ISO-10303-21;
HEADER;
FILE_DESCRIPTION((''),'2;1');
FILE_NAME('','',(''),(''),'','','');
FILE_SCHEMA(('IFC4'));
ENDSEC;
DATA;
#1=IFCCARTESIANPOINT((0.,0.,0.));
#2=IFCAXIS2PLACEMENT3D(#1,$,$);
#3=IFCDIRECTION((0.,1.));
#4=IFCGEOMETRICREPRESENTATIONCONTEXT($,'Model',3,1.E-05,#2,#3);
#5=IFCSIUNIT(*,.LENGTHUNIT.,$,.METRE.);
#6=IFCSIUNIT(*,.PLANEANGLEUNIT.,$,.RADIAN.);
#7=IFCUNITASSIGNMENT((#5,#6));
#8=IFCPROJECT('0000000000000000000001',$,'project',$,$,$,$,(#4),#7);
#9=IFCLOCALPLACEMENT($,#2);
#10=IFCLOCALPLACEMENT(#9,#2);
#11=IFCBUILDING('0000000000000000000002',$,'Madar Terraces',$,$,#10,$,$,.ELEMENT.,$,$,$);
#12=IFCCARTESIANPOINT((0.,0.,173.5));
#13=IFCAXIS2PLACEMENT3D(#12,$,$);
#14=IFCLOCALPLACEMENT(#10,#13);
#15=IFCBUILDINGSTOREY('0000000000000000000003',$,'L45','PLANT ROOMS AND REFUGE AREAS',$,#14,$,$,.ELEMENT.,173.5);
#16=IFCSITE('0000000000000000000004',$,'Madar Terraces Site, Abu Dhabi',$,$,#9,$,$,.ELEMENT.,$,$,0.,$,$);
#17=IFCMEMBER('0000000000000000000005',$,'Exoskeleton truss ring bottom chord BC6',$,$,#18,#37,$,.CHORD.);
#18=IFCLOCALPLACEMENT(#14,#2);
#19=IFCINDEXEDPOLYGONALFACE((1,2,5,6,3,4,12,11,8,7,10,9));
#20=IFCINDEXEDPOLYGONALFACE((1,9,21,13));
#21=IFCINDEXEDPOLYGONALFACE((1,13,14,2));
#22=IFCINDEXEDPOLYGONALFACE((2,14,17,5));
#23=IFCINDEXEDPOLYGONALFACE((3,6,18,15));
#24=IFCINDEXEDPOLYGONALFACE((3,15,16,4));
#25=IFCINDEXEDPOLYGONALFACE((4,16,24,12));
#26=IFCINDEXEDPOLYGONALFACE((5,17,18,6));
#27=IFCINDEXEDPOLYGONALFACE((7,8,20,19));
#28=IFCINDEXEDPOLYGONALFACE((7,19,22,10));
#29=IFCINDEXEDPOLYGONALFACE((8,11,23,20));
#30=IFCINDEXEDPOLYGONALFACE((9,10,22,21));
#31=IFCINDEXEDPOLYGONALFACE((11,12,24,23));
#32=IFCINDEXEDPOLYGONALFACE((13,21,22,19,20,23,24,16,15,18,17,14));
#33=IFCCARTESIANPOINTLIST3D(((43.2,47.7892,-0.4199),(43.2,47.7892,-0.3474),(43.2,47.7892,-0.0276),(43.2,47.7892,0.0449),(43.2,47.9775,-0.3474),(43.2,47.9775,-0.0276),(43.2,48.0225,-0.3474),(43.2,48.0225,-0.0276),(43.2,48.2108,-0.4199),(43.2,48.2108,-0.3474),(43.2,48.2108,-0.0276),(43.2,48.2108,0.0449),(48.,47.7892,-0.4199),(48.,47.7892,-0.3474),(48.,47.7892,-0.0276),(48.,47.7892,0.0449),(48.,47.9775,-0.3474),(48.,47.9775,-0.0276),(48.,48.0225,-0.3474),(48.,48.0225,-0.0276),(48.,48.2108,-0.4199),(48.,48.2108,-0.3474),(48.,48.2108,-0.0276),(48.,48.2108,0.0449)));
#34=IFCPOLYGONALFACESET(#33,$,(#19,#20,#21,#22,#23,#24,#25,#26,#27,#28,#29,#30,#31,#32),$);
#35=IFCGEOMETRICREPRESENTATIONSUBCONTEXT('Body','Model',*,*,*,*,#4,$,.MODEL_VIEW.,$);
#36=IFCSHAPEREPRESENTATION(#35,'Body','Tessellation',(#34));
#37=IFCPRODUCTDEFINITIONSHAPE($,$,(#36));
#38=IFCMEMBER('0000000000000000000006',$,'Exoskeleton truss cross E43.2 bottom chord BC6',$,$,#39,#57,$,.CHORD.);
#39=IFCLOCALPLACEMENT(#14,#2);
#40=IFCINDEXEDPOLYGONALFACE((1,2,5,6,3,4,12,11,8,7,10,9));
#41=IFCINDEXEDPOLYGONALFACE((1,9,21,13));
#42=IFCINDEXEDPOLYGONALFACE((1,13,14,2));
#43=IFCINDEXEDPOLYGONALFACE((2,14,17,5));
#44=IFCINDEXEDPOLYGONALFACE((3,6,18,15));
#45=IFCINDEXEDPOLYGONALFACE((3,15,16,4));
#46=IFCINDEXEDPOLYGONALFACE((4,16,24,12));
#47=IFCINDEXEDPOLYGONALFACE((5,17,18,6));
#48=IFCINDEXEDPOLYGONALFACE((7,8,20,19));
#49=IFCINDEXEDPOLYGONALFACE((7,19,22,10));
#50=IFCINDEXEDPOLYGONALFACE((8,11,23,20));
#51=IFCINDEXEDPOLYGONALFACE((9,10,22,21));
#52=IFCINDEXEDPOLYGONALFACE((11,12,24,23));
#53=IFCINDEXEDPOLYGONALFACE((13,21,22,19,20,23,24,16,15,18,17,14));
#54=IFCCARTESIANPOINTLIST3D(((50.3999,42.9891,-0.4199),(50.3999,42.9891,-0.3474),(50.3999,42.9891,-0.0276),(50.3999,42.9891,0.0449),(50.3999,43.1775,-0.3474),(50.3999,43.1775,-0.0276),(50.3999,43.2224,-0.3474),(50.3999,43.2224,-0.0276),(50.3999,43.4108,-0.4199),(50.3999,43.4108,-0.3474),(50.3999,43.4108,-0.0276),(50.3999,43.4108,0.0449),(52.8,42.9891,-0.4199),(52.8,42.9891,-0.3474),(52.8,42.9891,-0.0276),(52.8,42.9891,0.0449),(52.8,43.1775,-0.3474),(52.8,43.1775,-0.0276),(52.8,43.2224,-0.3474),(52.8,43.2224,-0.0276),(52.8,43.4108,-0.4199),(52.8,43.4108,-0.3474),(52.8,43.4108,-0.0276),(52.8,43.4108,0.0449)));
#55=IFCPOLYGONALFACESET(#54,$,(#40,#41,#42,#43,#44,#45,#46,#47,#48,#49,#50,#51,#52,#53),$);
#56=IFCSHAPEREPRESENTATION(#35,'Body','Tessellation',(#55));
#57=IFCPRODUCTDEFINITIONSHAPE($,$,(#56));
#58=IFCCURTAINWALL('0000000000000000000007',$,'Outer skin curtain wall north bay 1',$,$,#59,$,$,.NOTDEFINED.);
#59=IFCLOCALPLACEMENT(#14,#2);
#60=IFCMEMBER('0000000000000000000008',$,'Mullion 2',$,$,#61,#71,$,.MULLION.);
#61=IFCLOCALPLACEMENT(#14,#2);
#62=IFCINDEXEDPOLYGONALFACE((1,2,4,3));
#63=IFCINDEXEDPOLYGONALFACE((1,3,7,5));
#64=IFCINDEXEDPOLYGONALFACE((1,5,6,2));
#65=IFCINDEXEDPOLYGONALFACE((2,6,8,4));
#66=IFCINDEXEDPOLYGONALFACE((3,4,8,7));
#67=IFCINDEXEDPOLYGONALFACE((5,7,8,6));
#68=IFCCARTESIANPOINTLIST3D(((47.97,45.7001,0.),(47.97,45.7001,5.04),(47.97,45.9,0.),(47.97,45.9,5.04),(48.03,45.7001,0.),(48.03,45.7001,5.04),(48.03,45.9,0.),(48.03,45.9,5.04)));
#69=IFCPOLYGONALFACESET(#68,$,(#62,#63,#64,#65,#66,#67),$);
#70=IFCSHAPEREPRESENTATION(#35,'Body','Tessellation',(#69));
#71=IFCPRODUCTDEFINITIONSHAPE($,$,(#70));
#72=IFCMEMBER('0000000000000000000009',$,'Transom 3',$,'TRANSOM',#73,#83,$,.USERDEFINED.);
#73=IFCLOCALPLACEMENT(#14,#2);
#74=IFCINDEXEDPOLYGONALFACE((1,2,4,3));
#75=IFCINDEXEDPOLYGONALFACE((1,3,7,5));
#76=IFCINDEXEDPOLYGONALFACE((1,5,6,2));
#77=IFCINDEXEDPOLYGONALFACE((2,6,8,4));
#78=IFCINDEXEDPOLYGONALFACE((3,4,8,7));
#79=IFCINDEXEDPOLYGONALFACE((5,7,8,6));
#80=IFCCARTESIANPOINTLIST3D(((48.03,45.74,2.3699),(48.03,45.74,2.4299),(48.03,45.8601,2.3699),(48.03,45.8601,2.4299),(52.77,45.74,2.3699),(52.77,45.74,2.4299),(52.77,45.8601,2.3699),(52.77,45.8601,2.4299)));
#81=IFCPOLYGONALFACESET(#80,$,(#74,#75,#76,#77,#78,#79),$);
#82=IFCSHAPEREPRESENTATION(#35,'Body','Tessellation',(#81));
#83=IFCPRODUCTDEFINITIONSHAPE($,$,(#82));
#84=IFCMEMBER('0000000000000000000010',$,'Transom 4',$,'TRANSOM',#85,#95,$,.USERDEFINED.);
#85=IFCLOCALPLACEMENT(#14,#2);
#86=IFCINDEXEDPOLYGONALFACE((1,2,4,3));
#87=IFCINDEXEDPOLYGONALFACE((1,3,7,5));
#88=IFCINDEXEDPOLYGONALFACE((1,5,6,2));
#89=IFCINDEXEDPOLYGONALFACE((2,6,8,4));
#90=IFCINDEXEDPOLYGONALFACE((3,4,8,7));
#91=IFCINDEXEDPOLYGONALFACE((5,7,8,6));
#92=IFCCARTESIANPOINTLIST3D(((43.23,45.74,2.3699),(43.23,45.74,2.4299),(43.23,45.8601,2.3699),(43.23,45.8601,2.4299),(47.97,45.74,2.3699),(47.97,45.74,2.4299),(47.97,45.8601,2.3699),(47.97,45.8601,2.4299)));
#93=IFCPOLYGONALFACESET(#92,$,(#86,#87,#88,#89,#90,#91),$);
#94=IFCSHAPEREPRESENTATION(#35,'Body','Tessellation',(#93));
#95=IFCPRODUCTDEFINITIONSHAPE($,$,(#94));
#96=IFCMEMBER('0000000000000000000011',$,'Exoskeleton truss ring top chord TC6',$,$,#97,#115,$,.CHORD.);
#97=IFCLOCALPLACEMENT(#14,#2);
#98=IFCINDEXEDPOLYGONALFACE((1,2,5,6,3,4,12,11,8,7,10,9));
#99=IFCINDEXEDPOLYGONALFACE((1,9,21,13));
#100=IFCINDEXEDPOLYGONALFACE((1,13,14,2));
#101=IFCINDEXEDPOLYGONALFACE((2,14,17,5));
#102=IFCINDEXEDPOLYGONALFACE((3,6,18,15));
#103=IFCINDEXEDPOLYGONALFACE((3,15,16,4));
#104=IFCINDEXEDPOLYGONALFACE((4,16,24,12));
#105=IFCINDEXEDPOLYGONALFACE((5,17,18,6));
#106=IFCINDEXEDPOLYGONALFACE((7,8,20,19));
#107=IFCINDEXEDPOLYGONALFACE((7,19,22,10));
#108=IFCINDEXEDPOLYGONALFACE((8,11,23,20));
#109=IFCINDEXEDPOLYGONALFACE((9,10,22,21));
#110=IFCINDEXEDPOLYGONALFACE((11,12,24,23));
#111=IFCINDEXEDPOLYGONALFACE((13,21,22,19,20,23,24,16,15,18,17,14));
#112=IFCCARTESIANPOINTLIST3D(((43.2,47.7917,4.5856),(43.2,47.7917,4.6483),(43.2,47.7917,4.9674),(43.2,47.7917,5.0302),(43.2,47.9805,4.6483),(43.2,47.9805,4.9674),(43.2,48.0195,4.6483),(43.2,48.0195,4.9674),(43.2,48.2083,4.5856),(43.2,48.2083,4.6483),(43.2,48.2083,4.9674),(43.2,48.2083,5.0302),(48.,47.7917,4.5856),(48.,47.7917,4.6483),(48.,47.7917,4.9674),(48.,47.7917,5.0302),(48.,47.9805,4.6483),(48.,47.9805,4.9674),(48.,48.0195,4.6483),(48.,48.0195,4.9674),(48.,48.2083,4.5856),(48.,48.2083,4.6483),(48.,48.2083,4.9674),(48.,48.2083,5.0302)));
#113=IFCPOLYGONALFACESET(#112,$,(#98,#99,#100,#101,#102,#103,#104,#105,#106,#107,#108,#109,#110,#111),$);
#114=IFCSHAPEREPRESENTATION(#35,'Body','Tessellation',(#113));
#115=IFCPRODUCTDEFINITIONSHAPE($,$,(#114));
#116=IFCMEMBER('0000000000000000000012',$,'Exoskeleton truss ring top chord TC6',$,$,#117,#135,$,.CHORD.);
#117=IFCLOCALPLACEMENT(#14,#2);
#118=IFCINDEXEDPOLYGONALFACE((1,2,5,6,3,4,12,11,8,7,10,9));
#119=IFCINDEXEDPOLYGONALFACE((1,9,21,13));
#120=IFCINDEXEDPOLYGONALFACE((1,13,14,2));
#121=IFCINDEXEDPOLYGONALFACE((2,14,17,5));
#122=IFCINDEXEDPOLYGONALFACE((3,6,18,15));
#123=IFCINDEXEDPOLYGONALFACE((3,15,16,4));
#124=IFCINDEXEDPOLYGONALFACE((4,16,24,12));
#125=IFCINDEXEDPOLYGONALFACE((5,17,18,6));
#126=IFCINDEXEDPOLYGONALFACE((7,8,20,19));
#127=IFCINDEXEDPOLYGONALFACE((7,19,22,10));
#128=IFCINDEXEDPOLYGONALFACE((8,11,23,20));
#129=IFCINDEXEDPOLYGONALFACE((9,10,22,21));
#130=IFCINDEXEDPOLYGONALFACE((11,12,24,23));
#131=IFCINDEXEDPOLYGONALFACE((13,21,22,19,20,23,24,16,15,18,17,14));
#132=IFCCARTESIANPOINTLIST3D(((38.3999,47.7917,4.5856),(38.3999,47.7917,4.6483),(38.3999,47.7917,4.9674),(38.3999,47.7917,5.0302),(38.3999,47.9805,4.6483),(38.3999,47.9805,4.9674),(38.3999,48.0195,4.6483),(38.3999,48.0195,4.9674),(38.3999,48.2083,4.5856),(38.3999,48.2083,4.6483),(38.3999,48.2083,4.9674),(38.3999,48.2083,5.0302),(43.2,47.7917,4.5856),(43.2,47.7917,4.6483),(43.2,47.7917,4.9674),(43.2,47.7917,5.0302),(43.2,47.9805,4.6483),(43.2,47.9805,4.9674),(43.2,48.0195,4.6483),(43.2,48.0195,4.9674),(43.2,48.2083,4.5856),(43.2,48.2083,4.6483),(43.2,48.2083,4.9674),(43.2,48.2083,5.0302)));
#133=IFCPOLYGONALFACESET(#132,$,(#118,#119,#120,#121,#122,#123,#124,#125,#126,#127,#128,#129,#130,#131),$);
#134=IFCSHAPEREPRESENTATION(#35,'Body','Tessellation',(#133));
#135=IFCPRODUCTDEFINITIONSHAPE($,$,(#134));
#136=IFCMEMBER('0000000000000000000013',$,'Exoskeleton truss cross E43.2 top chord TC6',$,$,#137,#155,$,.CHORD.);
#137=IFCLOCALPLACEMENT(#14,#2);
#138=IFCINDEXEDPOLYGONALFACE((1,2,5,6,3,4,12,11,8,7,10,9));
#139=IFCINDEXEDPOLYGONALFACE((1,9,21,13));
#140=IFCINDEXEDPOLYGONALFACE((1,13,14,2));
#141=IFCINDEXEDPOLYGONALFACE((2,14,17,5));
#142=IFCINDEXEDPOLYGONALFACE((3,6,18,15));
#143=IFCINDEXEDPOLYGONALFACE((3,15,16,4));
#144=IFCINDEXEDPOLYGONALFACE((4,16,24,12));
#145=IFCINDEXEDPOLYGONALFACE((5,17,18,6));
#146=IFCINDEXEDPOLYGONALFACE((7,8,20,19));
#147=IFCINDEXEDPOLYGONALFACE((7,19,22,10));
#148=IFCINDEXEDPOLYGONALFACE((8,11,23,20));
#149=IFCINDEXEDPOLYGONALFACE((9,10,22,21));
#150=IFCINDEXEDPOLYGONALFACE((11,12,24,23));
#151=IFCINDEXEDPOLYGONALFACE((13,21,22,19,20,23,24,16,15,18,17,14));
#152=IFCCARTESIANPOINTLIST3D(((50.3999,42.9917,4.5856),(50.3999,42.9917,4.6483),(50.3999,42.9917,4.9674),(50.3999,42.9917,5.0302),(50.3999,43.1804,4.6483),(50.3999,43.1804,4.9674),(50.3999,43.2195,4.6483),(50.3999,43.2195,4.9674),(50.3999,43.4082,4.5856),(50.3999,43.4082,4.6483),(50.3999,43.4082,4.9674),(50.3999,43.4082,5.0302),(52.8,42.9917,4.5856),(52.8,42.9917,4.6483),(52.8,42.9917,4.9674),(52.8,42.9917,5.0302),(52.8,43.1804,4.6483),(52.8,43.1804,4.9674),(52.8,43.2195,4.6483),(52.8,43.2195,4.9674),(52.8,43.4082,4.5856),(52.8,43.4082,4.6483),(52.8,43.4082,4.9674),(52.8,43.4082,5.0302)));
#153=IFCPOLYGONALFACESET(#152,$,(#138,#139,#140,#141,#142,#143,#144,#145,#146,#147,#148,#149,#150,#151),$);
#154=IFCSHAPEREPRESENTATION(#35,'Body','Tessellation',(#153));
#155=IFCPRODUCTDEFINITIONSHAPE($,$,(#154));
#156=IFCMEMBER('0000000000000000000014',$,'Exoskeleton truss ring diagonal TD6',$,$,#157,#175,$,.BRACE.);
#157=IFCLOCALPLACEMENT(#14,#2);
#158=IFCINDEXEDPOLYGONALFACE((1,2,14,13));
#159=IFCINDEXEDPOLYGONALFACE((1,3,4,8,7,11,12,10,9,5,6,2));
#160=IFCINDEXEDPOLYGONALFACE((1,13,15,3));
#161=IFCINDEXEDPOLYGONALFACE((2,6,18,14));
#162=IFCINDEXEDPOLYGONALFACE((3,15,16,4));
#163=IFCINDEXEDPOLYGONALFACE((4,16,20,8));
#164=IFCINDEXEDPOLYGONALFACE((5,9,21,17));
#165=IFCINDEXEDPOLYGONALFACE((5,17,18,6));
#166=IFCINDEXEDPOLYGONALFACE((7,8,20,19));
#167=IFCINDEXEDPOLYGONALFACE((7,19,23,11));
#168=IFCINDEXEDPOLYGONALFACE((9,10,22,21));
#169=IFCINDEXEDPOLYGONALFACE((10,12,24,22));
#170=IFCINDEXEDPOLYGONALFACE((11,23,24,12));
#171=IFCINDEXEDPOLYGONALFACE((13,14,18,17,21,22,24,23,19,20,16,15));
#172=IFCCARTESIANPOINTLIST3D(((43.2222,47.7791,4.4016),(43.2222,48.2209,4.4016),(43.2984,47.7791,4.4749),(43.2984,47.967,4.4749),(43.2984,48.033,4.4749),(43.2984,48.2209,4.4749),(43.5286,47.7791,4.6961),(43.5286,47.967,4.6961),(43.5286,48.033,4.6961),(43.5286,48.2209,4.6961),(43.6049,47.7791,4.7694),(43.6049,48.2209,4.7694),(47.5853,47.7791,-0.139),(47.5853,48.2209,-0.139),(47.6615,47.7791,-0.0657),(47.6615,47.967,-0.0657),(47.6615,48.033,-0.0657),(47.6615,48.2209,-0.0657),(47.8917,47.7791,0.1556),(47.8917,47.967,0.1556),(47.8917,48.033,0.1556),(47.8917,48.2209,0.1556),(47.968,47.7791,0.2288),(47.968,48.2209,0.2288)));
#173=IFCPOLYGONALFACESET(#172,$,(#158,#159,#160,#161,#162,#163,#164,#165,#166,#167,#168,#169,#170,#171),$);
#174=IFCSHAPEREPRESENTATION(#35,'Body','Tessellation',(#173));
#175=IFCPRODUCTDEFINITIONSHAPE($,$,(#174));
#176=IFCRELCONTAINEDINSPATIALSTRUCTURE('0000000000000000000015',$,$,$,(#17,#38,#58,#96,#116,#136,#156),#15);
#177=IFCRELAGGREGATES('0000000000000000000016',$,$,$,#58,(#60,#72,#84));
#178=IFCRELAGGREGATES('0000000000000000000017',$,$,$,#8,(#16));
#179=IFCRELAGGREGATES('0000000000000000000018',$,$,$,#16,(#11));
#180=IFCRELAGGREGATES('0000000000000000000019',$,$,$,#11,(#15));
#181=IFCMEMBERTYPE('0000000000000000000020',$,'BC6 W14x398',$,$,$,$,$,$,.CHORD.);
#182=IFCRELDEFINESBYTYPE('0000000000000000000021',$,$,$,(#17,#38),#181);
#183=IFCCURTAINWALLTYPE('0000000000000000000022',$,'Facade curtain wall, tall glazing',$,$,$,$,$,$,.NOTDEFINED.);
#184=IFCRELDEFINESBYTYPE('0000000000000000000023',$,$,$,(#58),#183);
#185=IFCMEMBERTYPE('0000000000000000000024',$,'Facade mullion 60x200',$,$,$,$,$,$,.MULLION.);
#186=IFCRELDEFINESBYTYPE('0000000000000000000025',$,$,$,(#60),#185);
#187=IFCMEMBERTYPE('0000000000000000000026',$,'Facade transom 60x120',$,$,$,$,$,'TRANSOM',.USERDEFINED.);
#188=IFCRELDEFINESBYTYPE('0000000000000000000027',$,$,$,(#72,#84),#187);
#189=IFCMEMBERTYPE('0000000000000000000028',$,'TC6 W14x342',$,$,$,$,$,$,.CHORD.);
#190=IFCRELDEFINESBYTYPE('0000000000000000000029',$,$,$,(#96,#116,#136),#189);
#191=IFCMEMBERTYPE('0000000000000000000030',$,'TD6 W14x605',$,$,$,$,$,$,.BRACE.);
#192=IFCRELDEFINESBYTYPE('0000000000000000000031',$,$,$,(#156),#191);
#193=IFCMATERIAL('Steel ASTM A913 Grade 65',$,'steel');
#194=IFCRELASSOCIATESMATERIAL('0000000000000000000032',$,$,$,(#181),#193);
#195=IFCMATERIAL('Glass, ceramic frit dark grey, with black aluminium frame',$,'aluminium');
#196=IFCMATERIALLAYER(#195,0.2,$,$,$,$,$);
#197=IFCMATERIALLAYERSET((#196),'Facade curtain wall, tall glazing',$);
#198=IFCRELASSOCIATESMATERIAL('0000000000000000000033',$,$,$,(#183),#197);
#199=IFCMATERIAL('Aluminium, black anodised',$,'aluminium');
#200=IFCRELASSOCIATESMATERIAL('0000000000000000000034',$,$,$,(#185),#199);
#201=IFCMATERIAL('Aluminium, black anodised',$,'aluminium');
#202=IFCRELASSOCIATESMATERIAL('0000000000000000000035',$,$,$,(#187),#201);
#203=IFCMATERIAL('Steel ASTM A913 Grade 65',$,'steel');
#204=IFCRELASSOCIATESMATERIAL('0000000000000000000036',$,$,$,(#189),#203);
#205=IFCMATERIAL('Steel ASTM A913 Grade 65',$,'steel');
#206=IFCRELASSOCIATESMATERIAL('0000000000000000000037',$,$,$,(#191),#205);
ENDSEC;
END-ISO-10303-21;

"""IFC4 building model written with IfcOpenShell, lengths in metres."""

from ifc_helpers import new_model, si_unit, direction, frame, origin, origin_2d, place, context, subcontext, project, spatial, rectangle, i_section, extrude, material, layer, layer_set, material_profile, profile_set, type_object, element, aggregate, save


model = new_model("IFC4")

# Units and contexts
model_context = context("Model", 3, precision=1e-05, world=origin(), true_north=direction((0.0, 1.0)))
body_context = subcontext(model_context, "Body", "Model", "MODEL_VIEW")
ifc_project = project(units=[si_unit("LENGTHUNIT", "METRE"), si_unit("PLANEANGLEUNIT", "RADIAN")], contexts=[model_context])

# Site, building, storey
site_placement = place(None, origin())
site = spatial("IfcSite", under=ifc_project, at=site_placement, Name="Madar Terraces Site, Abu Dhabi", CompositionType="ELEMENT", RefElevation=0.0)
building_placement = place(site_placement, origin())
building = spatial("IfcBuilding", under=site, at=building_placement, Name="Madar Terraces", CompositionType="ELEMENT")
storey_placement = place(building_placement, frame((0.0, 0.0, 173.5)))
storey = spatial("IfcBuildingStorey", under=building, at=storey_placement, Name="L45", Description="PLANT ROOMS AND REFUGE AREAS", CompositionType="ELEMENT", Elevation=173.5)

# Members
ifc_material_1 = material(Name="Steel ASTM A913 Grade 65", Category="steel")
ifc_material_profile_1 = material_profile(ifc_material_1, i_section(OverallWidth=0.4216, OverallDepth=0.4648, WebThickness=0.0449, FlangeThickness=0.0725, at=origin_2d()), Name="W14x398")
ifc_profile_set_1 = profile_set([ifc_material_profile_1], Name="Steel ASTM A913 Grade 65")
member_type_1 = type_object("IfcMemberType", Name="BC6 W14x398", PredefinedType="CHORD", material=ifc_profile_set_1)
member_1_placement = place(storey_placement, frame((48.0, 48.0, -0.1875), z_axis=(-1.0, 0.0, 0.0), x_axis=(0.0, -1.0, 0.0)))
element("IfcMember", 1, at=member_1_placement, inside=storey, type_object=member_type_1, Name="Exoskeleton truss ring bottom chord BC6", PredefinedType="CHORD", context=body_context, shape_type="SweptSolid", body=[
    extrude(i_section(OverallWidth=0.4216, OverallDepth=0.4648, WebThickness=0.0449, FlangeThickness=0.0725, at=origin_2d()), origin(), (0.0, 0.0, 1.0), 4.8),
])
member_2_placement = place(storey_placement, frame((52.8, 43.2, -0.1875), z_axis=(-1.0, 0.0, 0.0), x_axis=(0.0, -1.0, 0.0)))
element("IfcMember", 2, at=member_2_placement, inside=storey, type_object=member_type_1, Name="Exoskeleton truss cross E43.2 bottom chord BC6", PredefinedType="CHORD", context=body_context, shape_type="SweptSolid", body=[
    extrude(i_section(OverallWidth=0.4216, OverallDepth=0.4648, WebThickness=0.0449, FlangeThickness=0.0725, at=origin_2d()), origin(), (0.0, 0.0, 1.0), 2.4001),
])

# Curtain wall, members
ifc_material_2 = material(Name="Glass, ceramic frit dark grey, with black aluminium frame", Category="aluminium")
ifc_layer_1 = layer(ifc_material_2, 0.2)
ifc_layer_set_1 = layer_set([ifc_layer_1], Name="Facade curtain wall, tall glazing")
curtain_wall_type = type_object("IfcCurtainWallType", Name="Facade curtain wall, tall glazing", PredefinedType="NOTDEFINED", material=ifc_layer_set_1)
curtain_wall_placement = place(storey_placement, origin())
curtain_wall = element("IfcCurtainWall", 3, at=curtain_wall_placement, inside=storey, type_object=curtain_wall_type, Name="Outer skin curtain wall north bay 1", PredefinedType="NOTDEFINED")
ifc_material_3 = material(Name="Aluminium, black anodised", Category="aluminium")
ifc_material_profile_2 = material_profile(ifc_material_3, rectangle(XDim=0.2, YDim=0.0601, at=origin_2d()), Name="Facade mullion 60x200")
ifc_profile_set_2 = profile_set([ifc_material_profile_2], Name="Aluminium, black anodised")
member_type_2 = type_object("IfcMemberType", Name="Facade mullion 60x200", PredefinedType="MULLION", material=ifc_profile_set_2)
member_3_placement = place(storey_placement, frame((48.0, 45.8, 0.0), z_axis=(0.0, 0.0, 1.0), x_axis=(0.0, -1.0, 0.0)))
member_3 = element("IfcMember", 4, at=member_3_placement, type_object=member_type_2, Name="Mullion 2", PredefinedType="MULLION", context=body_context, shape_type="SweptSolid", body=[
    extrude(rectangle(XDim=0.2, YDim=0.0601, at=origin_2d()), origin(), (0.0, 0.0, 1.0), 5.04),
])
ifc_material_4 = material(Name="Aluminium, black anodised", Category="aluminium")
ifc_material_profile_3 = material_profile(ifc_material_4, rectangle(XDim=0.1201, YDim=0.0601, at=origin_2d()), Name="Facade transom 60x120")
ifc_profile_set_3 = profile_set([ifc_material_profile_3], Name="Aluminium, black anodised")
member_type_3 = type_object("IfcMemberType", Name="Facade transom 60x120", ElementType="TRANSOM", PredefinedType="USERDEFINED", material=ifc_profile_set_3)
member_4_placement = place(storey_placement, frame((52.77, 45.8, 2.3999), z_axis=(-1.0, 0.0, 0.0), x_axis=(0.0, -1.0, 0.0)))
member_4 = element("IfcMember", 5, at=member_4_placement, type_object=member_type_3, Name="Transom 3", ObjectType="TRANSOM", PredefinedType="USERDEFINED", context=body_context, shape_type="SweptSolid", body=[
    extrude(rectangle(XDim=0.1201, YDim=0.0601, at=origin_2d()), origin(), (0.0, 0.0, 1.0), 4.74),
])
member_5_placement = place(storey_placement, frame((47.97, 45.8, 2.3999), z_axis=(-1.0, 0.0, 0.0), x_axis=(0.0, -1.0, 0.0)))
member_5 = element("IfcMember", 6, at=member_5_placement, type_object=member_type_3, Name="Transom 4", ObjectType="TRANSOM", PredefinedType="USERDEFINED", context=body_context, shape_type="SweptSolid", body=[
    extrude(rectangle(XDim=0.1201, YDim=0.0601, at=origin_2d()), origin(), (0.0, 0.0, 1.0), 4.74),
])

# Members
ifc_material_5 = material(Name="Steel ASTM A913 Grade 65", Category="steel")
ifc_material_profile_4 = material_profile(ifc_material_5, i_section(OverallWidth=0.4165, OverallDepth=0.4446, WebThickness=0.0391, FlangeThickness=0.0627, at=origin_2d()), Name="W14x342")
ifc_profile_set_4 = profile_set([ifc_material_profile_4], Name="Steel ASTM A913 Grade 65")
member_type_4 = type_object("IfcMemberType", Name="TC6 W14x342", PredefinedType="CHORD", material=ifc_profile_set_4)
for number, where, z_axis, x_axis, name in (
    (7, (48.0, 48.0, 4.8079), (-1.0, 0.0, 0.0), (0.0, -1.0, 0.0), "Exoskeleton truss ring top chord TC6"),
    (8, (43.2, 48.0, 4.8079), (-1.0, 0.0, 0.0), (0.0, -1.0, 0.0), "Exoskeleton truss ring top chord TC6"),
):
    element("IfcMember", number, at=place(storey_placement, frame(where, z_axis=z_axis, x_axis=x_axis)), inside=storey, type_object=member_type_4, Name=name, PredefinedType="CHORD", context=body_context, shape_type="SweptSolid", body=[
        extrude(i_section(OverallWidth=0.4165, OverallDepth=0.4446, WebThickness=0.0391, FlangeThickness=0.0627, at=origin_2d()), origin(), (0.0, 0.0, 1.0), 4.8),
    ])
member_6_placement = place(storey_placement, frame((52.8, 43.2, 4.8079), z_axis=(-1.0, 0.0, 0.0), x_axis=(0.0, -1.0, 0.0)))
element("IfcMember", 9, at=member_6_placement, inside=storey, type_object=member_type_4, Name="Exoskeleton truss cross E43.2 top chord TC6", PredefinedType="CHORD", context=body_context, shape_type="SweptSolid", body=[
    extrude(i_section(OverallWidth=0.4165, OverallDepth=0.4446, WebThickness=0.0391, FlangeThickness=0.0627, at=origin_2d()), origin(), (0.0, 0.0, 1.0), 2.4001),
])
ifc_material_6 = material(Name="Steel ASTM A913 Grade 65", Category="steel")
ifc_material_profile_5 = material_profile(ifc_material_6, i_section(OverallWidth=0.4419, OverallDepth=0.5308, WebThickness=0.0659, FlangeThickness=0.1057, at=origin_2d()), Name="W14x605")
ifc_profile_set_5 = profile_set([ifc_material_profile_5], Name="Steel ASTM A913 Grade 65")
member_type_5 = type_object("IfcMemberType", Name="TD6 W14x605", PredefinedType="BRACE", material=ifc_profile_set_5)
member_7_placement = place(storey_placement, frame((47.7766, 48.0, 0.0449), z_axis=(-0.692873, 0.0, 0.72106), x_axis=(0.0, -1.0, 0.0)))
element("IfcMember", 10, at=member_7_placement, inside=storey, type_object=member_type_5, Name="Exoskeleton truss ring diagonal TD6", PredefinedType="BRACE", context=body_context, shape_type="SweptSolid", body=[
    extrude(i_section(OverallWidth=0.4419, OverallDepth=0.5308, WebThickness=0.0659, FlangeThickness=0.1057, at=origin_2d()), origin(), (0.0, 0.0, 1.0), 6.2971),
])

aggregate(curtain_wall, [member_3, member_4, member_5])

save(model, "model.ifc")
